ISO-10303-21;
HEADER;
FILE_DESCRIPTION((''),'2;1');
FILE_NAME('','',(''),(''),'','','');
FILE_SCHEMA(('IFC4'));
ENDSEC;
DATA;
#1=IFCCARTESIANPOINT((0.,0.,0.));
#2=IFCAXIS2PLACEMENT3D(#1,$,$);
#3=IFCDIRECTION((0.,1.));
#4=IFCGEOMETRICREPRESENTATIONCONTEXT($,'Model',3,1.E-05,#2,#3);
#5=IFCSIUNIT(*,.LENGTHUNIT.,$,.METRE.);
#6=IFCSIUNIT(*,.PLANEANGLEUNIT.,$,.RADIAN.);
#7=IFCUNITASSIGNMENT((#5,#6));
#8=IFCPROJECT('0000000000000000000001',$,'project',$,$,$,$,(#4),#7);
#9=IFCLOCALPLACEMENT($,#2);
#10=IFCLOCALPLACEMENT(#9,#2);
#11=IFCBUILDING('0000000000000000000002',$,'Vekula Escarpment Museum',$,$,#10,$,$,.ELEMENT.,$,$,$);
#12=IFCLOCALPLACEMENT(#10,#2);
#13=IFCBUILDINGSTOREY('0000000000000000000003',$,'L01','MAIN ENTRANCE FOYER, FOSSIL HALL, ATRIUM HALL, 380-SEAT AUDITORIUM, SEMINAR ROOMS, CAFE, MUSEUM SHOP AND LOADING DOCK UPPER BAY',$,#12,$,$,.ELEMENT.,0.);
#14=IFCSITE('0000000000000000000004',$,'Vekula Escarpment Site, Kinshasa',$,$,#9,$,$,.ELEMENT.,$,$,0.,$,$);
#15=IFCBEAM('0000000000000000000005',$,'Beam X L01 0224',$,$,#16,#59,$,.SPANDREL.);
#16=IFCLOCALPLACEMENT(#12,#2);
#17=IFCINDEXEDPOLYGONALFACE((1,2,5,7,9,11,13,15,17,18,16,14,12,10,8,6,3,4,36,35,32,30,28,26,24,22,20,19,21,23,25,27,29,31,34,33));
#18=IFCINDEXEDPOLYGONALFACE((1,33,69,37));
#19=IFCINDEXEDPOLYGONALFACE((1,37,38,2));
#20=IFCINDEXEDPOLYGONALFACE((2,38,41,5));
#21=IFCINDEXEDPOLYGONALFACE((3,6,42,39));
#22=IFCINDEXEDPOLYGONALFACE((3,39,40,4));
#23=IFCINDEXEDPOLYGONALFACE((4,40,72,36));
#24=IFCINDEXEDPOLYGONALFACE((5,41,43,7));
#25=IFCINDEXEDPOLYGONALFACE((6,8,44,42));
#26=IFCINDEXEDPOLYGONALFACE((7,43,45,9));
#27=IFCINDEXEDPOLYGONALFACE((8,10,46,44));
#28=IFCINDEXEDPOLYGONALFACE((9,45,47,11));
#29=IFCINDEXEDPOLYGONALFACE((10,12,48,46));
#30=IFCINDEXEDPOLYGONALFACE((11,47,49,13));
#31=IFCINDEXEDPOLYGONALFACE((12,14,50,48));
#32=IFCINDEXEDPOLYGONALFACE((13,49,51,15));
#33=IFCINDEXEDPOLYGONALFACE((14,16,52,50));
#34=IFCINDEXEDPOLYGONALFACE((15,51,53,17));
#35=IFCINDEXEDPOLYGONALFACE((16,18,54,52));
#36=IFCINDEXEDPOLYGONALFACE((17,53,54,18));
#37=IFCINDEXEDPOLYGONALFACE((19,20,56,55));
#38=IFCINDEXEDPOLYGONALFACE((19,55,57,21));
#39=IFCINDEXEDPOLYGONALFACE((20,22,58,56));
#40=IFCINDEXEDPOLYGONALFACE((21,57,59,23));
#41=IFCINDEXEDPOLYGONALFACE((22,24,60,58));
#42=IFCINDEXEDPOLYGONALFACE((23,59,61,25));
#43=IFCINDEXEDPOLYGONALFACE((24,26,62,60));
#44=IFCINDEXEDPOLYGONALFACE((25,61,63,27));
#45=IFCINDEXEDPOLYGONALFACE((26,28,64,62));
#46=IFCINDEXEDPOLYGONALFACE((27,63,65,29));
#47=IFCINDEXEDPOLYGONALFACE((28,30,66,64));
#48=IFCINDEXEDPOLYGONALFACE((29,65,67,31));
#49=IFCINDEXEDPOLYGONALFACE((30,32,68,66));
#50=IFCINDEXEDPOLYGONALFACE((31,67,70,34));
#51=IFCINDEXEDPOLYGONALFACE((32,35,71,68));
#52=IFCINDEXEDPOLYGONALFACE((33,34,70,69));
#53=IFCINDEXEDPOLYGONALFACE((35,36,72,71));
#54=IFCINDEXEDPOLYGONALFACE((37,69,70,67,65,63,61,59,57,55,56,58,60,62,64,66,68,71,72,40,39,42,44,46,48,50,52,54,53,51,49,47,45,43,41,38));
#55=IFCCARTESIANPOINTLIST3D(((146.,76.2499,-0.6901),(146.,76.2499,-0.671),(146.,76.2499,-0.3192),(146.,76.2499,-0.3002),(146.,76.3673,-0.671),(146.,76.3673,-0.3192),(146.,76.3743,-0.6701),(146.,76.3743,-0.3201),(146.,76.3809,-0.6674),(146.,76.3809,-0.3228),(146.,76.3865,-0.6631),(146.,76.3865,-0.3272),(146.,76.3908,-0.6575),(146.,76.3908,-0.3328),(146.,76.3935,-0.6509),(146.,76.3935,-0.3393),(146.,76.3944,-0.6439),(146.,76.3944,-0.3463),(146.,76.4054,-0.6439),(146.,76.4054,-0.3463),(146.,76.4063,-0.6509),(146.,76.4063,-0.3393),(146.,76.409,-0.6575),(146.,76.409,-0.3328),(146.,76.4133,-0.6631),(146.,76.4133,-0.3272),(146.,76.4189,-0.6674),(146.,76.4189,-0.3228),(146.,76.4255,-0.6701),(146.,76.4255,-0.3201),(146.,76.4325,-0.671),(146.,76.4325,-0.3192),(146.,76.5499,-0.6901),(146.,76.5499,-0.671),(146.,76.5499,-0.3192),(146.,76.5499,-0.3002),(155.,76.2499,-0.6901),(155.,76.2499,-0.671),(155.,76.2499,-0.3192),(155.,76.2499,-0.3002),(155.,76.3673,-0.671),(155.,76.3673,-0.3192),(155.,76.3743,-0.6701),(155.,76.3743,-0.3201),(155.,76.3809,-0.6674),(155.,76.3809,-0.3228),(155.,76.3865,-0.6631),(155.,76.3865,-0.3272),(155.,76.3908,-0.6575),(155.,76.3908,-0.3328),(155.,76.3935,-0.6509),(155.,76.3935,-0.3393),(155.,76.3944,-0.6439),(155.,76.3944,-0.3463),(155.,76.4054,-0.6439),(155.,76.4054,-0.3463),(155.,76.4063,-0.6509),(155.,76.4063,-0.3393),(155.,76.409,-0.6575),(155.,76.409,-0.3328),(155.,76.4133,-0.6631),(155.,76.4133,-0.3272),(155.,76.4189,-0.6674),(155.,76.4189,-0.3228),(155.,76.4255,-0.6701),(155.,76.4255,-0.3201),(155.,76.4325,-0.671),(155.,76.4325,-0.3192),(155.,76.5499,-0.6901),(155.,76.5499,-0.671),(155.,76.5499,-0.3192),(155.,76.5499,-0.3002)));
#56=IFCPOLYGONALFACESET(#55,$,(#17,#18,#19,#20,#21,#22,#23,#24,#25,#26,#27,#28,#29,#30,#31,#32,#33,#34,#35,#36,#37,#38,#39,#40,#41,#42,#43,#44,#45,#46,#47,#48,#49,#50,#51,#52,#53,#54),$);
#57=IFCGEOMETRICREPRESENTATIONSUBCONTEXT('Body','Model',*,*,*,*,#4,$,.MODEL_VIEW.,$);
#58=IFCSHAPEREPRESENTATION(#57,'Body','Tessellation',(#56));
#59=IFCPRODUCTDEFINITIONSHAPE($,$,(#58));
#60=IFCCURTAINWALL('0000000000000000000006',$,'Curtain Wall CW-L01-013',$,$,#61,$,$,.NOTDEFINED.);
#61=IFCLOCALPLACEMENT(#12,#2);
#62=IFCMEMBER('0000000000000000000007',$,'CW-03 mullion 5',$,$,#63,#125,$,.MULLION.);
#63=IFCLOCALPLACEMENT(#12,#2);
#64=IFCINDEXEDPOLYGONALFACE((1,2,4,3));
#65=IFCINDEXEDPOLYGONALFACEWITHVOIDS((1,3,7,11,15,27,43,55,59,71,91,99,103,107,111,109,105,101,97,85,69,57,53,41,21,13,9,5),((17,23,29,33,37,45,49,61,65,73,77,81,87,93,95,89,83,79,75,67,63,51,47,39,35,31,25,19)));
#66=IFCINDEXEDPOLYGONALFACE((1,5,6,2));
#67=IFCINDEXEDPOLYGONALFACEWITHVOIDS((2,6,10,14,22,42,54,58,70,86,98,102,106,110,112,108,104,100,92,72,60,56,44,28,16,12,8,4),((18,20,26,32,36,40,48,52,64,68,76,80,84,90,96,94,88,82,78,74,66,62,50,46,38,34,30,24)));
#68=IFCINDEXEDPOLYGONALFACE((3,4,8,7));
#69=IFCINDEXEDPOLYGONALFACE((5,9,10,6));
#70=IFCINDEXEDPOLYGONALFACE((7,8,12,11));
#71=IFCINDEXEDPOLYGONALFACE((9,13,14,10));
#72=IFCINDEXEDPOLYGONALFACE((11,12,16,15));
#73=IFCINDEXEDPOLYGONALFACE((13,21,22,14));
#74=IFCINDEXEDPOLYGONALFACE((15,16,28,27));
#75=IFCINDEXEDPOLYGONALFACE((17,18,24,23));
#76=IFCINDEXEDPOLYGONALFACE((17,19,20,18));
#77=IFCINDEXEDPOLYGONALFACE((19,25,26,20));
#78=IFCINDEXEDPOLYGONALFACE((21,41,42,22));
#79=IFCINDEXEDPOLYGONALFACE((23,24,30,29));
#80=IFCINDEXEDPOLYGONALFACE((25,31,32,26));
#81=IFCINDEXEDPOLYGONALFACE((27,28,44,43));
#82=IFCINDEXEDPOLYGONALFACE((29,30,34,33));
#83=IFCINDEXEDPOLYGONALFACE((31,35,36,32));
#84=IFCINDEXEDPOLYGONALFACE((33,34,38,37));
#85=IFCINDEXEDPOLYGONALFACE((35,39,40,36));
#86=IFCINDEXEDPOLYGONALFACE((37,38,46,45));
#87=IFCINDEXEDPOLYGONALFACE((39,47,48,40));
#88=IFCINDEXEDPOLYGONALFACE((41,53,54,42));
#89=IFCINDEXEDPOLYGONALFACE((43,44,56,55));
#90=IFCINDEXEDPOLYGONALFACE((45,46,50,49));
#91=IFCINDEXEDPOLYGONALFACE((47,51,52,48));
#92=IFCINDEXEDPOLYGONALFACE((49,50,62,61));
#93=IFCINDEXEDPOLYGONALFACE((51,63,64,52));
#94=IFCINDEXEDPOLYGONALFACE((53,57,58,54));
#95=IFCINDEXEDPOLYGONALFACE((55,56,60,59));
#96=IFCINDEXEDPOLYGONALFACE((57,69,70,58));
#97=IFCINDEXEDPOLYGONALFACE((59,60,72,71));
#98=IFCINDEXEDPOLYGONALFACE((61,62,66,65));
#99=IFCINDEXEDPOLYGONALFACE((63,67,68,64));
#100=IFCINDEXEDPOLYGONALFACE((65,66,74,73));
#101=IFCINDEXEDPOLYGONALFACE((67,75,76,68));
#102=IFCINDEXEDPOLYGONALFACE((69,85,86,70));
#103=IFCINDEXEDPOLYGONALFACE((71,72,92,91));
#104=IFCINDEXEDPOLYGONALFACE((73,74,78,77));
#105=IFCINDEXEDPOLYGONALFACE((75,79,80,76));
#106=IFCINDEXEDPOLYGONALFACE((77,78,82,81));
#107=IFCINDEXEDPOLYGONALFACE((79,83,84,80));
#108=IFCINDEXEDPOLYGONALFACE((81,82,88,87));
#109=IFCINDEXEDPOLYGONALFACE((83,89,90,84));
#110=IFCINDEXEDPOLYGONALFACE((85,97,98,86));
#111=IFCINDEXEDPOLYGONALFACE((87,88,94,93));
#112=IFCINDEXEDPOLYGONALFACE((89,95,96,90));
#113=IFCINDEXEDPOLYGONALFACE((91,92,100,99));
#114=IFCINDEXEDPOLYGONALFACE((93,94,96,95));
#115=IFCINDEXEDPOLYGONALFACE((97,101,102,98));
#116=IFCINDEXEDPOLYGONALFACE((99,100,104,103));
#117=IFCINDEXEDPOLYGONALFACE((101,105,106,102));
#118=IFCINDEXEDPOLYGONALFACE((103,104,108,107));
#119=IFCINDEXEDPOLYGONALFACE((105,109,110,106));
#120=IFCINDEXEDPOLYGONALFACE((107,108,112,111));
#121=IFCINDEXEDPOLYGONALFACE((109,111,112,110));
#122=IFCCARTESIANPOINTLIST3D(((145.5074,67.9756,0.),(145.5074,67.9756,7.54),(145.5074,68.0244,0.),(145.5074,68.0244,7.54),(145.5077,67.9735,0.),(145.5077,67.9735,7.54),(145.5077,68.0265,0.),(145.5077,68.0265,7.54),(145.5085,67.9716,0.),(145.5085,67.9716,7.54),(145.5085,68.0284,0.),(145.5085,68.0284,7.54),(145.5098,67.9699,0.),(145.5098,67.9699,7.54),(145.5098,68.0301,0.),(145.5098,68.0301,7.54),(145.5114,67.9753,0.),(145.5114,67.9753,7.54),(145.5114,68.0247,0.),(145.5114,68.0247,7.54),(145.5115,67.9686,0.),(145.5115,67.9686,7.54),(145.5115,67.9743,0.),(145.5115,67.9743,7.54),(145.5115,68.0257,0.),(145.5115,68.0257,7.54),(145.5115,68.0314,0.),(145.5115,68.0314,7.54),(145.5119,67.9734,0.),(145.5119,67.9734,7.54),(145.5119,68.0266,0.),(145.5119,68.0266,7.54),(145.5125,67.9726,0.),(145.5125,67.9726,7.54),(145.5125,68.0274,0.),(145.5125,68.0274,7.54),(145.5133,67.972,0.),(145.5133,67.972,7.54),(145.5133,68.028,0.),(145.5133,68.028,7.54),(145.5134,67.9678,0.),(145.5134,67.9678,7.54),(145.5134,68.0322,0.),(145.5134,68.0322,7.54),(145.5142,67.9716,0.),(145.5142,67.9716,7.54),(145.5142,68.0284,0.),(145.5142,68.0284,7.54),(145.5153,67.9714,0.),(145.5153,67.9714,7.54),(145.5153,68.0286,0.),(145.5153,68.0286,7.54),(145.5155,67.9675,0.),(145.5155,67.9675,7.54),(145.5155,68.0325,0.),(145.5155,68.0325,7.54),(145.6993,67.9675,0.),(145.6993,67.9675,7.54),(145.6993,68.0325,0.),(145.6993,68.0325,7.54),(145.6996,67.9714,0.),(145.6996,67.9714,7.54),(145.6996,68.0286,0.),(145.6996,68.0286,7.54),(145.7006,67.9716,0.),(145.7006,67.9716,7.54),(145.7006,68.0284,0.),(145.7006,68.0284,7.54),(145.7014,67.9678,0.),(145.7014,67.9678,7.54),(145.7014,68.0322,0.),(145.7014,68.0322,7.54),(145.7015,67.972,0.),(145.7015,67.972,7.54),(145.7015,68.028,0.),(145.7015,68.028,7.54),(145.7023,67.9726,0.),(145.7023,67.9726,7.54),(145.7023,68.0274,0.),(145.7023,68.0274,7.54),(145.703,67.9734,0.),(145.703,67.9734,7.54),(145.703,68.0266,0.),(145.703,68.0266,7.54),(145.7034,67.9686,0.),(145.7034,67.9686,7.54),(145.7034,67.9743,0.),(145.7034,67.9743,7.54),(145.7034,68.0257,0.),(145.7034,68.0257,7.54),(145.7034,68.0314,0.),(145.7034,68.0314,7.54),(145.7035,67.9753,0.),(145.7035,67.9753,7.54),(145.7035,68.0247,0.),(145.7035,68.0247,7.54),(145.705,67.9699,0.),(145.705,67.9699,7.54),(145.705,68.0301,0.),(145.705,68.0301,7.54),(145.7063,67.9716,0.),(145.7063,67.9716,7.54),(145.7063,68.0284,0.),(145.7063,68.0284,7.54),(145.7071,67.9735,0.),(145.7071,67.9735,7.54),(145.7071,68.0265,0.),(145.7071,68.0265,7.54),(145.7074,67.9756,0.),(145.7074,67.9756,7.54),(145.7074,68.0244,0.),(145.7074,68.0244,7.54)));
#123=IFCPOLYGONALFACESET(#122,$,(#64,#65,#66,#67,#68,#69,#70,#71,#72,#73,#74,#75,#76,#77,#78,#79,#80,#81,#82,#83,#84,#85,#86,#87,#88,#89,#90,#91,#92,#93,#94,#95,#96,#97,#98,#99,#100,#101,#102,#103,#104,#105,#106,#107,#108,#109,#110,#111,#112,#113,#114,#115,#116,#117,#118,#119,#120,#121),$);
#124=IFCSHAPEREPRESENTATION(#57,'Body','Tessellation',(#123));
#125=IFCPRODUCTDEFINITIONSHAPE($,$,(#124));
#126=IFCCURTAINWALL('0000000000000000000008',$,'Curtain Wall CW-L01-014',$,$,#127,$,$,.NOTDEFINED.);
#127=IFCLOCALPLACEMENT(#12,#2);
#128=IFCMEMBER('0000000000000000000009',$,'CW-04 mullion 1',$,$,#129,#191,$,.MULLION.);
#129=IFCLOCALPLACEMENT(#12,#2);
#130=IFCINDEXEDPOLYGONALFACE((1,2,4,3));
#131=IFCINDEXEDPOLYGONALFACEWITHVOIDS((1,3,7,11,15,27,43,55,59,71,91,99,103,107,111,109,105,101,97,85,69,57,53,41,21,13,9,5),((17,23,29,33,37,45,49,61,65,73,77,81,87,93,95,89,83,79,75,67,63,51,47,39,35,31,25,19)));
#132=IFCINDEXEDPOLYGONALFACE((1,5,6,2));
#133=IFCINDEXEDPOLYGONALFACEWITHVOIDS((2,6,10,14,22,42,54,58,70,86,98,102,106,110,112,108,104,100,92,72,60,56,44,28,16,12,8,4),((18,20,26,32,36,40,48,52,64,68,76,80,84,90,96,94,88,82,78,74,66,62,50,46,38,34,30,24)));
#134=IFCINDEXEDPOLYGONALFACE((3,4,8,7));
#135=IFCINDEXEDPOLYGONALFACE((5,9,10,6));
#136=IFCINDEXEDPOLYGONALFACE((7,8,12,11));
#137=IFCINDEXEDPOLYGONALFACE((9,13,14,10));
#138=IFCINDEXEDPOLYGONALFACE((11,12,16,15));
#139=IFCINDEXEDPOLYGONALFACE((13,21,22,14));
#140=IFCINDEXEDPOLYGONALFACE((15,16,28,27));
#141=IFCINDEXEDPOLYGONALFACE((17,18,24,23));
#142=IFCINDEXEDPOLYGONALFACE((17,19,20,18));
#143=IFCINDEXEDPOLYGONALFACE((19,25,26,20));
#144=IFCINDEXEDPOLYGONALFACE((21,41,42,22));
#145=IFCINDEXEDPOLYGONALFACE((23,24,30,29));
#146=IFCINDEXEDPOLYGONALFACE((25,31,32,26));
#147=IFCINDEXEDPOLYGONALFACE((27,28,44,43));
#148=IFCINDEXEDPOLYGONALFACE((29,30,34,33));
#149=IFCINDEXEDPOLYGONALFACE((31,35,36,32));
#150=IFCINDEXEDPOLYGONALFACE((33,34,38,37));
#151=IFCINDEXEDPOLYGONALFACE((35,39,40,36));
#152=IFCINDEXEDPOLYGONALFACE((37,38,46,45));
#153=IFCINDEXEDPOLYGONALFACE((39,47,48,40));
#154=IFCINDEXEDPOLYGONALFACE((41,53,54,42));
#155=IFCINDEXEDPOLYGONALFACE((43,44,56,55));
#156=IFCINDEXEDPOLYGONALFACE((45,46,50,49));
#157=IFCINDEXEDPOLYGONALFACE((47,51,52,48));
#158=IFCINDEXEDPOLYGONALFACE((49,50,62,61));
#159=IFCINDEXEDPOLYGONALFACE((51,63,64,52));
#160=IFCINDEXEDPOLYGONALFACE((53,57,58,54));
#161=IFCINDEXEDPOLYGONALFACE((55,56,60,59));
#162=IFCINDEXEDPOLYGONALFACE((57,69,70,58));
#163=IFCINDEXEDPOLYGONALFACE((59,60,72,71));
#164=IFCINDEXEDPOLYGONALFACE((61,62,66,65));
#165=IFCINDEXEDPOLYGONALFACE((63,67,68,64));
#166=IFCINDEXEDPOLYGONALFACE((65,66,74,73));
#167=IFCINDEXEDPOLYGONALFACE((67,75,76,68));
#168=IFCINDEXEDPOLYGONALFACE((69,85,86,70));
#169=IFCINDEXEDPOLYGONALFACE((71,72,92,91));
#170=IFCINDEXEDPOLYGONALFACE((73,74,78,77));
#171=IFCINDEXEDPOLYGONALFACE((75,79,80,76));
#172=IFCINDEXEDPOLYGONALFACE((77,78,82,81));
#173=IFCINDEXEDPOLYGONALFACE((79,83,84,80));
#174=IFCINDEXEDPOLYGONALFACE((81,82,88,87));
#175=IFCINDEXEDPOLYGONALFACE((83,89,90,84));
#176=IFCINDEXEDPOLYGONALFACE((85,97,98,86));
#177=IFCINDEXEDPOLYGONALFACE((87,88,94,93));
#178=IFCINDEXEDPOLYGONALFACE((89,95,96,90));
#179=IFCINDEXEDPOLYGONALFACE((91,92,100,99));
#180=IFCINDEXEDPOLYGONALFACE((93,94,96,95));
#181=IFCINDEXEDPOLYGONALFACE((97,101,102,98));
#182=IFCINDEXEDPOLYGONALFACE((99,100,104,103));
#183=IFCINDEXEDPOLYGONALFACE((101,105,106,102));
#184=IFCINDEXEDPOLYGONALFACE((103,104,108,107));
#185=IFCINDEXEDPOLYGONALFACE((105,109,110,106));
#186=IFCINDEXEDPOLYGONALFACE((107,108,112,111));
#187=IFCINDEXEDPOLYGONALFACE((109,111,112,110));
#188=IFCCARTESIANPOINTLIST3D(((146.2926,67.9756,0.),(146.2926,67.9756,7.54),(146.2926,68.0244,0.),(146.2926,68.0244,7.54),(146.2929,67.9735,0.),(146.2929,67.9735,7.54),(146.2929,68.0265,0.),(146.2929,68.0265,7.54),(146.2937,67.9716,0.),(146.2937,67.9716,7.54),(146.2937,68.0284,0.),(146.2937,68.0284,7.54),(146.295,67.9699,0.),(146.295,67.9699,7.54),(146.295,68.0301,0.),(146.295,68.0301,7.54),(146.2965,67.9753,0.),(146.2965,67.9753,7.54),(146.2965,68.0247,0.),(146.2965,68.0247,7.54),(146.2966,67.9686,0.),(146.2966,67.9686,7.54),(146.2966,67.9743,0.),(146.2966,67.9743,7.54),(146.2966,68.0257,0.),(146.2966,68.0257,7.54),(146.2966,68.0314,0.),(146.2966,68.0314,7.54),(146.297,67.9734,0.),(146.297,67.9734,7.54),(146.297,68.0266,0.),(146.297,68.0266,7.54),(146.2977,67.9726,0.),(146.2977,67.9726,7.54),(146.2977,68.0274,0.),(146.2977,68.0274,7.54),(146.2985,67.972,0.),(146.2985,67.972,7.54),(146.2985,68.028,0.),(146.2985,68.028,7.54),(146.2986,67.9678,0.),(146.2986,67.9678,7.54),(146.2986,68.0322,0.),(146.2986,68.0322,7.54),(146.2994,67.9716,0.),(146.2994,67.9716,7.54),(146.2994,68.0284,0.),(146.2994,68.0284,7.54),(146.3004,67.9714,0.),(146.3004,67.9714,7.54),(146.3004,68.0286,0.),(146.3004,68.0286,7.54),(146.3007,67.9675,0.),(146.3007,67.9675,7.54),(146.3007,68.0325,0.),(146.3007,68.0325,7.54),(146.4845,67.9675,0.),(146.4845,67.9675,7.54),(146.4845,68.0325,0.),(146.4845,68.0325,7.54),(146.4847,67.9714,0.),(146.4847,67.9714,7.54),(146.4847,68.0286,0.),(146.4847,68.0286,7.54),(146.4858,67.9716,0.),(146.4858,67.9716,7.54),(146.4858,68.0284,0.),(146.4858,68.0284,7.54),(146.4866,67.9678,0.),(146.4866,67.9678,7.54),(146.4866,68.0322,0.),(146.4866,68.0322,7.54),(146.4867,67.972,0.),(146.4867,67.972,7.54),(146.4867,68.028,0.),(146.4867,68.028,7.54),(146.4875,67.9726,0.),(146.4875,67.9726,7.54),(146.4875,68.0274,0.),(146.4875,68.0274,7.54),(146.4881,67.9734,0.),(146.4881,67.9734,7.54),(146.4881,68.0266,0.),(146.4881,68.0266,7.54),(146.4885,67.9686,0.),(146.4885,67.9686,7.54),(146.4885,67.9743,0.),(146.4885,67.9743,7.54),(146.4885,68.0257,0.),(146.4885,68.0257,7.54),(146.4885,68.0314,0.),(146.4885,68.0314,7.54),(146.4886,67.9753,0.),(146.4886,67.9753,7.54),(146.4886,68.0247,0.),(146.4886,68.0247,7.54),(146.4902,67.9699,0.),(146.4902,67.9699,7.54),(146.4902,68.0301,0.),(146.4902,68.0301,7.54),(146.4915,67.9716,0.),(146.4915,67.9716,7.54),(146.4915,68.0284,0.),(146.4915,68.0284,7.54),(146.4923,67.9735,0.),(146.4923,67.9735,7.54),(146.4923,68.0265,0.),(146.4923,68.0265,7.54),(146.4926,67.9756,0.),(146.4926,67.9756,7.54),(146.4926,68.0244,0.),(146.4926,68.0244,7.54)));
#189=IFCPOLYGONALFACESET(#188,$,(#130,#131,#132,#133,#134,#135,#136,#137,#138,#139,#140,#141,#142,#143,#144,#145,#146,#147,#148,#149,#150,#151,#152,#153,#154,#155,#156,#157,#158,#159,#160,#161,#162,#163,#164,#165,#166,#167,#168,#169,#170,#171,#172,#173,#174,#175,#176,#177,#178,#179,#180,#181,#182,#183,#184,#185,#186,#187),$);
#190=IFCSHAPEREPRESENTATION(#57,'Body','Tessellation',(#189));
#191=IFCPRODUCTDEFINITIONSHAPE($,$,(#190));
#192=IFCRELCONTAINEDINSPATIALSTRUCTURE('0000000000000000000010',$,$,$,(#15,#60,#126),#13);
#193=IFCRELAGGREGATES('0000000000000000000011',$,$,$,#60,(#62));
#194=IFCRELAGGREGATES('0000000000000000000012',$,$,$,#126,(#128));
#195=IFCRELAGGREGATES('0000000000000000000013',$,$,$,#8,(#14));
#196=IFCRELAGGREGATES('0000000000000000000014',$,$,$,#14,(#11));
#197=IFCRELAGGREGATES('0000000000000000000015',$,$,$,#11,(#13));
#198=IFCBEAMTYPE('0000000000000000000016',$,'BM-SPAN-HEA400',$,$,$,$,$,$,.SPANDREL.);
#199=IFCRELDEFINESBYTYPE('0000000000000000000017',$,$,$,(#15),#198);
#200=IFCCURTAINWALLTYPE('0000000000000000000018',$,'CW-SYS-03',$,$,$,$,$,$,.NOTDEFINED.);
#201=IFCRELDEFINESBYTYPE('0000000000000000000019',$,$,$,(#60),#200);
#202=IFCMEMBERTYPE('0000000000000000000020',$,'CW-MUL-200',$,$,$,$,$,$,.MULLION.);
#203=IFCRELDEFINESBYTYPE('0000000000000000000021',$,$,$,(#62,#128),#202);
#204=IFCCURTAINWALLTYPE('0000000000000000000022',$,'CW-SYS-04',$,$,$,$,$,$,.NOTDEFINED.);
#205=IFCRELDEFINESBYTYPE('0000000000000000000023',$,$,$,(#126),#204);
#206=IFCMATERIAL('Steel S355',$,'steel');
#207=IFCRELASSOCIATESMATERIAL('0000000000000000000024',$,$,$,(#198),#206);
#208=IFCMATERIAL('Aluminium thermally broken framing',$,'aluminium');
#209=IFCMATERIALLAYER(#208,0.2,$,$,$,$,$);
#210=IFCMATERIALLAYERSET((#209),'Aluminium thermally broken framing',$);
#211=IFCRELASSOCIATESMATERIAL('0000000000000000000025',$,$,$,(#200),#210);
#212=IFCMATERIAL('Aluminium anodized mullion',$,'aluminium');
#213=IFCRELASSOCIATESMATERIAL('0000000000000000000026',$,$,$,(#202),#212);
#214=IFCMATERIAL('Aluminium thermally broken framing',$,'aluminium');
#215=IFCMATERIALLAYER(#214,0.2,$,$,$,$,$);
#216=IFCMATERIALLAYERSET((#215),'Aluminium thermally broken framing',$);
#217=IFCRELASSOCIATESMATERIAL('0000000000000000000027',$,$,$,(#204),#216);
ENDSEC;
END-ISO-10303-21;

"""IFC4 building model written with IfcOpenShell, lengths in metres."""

from ifc_helpers import new_model, si_unit, direction, frame, origin, origin_2d, place, context, subcontext, project, spatial, hollow_rectangle, i_section, extrude, material, layer, layer_set, material_profile, profile_set, type_object, element, aggregate, save


model = new_model("IFC4")

# Units and contexts
model_context = context("Model", 3, precision=1e-05, world=origin(), true_north=direction((0.0, 1.0)))
body_context = subcontext(model_context, "Body", "Model", "MODEL_VIEW")
ifc_project = project(units=[si_unit("LENGTHUNIT", "METRE"), si_unit("PLANEANGLEUNIT", "RADIAN")], contexts=[model_context])

# Site, building, storey
site_placement = place(None, origin())
site = spatial("IfcSite", under=ifc_project, at=site_placement, Name="Vekula Escarpment Site, Kinshasa", CompositionType="ELEMENT", RefElevation=0.0)
building_placement = place(site_placement, origin())
building = spatial("IfcBuilding", under=site, at=building_placement, Name="Vekula Escarpment Museum", CompositionType="ELEMENT")
storey_placement = place(building_placement, origin())
storey = spatial("IfcBuildingStorey", under=building, at=storey_placement, Name="L01", Description="MAIN ENTRANCE FOYER, FOSSIL HALL, ATRIUM HALL, 380-SEAT AUDITORIUM, SEMINAR ROOMS, CAFE, MUSEUM SHOP AND LOADING DOCK UPPER BAY", CompositionType="ELEMENT", Elevation=0.0)

# Beam
ifc_material_1 = material(Name="Steel S355", Category="steel")
ifc_material_profile_1 = material_profile(ifc_material_1, i_section(OverallWidth=0.3, OverallDepth=0.3899, WebThickness=0.011, FlangeThickness=0.019, FilletRadius=0.0271, at=origin_2d()), Name="HEA 400")
ifc_profile_set_1 = profile_set([ifc_material_profile_1], Name="Steel S355")
beam_type_1 = type_object("IfcBeamType", Name="BM-SPAN-HEA400", PredefinedType="SPANDREL", material=ifc_profile_set_1)
beam_1_placement = place(storey_placement, frame((146.0, 76.3999, -0.4951), z_axis=(1.0, 0.0, 0.0), x_axis=(0.0, 1.0, 0.0)))
element("IfcBeam", 1, at=beam_1_placement, inside=storey, type_object=beam_type_1, Name="Beam X L01 0224", PredefinedType="SPANDREL", context=body_context, shape_type="SweptSolid", body=[
    extrude(i_section(OverallWidth=0.3, OverallDepth=0.3899, WebThickness=0.011, FlangeThickness=0.019, FilletRadius=0.0271, at=origin_2d()), origin(), (0.0, 0.0, 1.0), 9.0),
])

# Curtain walls, members
ifc_material_2 = material(Name="Aluminium thermally broken framing", Category="aluminium")
ifc_layer_1 = layer(ifc_material_2, 0.2)
ifc_layer_set_1 = layer_set([ifc_layer_1], Name="Aluminium thermally broken framing")
curtain_wall_type_1 = type_object("IfcCurtainWallType", Name="CW-SYS-03", PredefinedType="NOTDEFINED", material=ifc_layer_set_1)
curtain_wall_1_placement = place(storey_placement, origin())
curtain_wall_1 = element("IfcCurtainWall", 2, at=curtain_wall_1_placement, inside=storey, type_object=curtain_wall_type_1, Name="Curtain Wall CW-L01-013", PredefinedType="NOTDEFINED")
ifc_material_3 = material(Name="Aluminium anodized mullion", Category="aluminium")
ifc_material_profile_2 = material_profile(ifc_material_3, hollow_rectangle(XDim=0.0649, YDim=0.2, WallThickness=0.0039, InnerFilletRadius=0.0039, OuterFilletRadius=0.0081, at=origin_2d()), Name="ALU 200x65x4")
ifc_profile_set_2 = profile_set([ifc_material_profile_2], Name="Aluminium anodized mullion")
member_type_1 = type_object("IfcMemberType", Name="CW-MUL-200", PredefinedType="MULLION", material=ifc_profile_set_2)
member_1_placement = place(storey_placement, frame((145.6074, 68.0, 0.0), z_axis=(0.0, 0.0, 1.0), x_axis=(0.0, 1.0, 0.0)))
member_1 = element("IfcMember", 3, at=member_1_placement, type_object=member_type_1, Name="CW-03 mullion 5", PredefinedType="MULLION", context=body_context, shape_type="SweptSolid", body=[
    extrude(hollow_rectangle(XDim=0.0649, YDim=0.2, WallThickness=0.0039, InnerFilletRadius=0.0039, OuterFilletRadius=0.0081, at=origin_2d()), origin(), (0.0, 0.0, 1.0), 7.54),
])
ifc_material_4 = material(Name="Aluminium thermally broken framing", Category="aluminium")
ifc_layer_2 = layer(ifc_material_4, 0.2)
ifc_layer_set_2 = layer_set([ifc_layer_2], Name="Aluminium thermally broken framing")
curtain_wall_type_2 = type_object("IfcCurtainWallType", Name="CW-SYS-04", PredefinedType="NOTDEFINED", material=ifc_layer_set_2)
curtain_wall_2_placement = place(storey_placement, origin())
curtain_wall_2 = element("IfcCurtainWall", 4, at=curtain_wall_2_placement, inside=storey, type_object=curtain_wall_type_2, Name="Curtain Wall CW-L01-014", PredefinedType="NOTDEFINED")
member_2_placement = place(storey_placement, frame((146.3926, 68.0, 0.0), z_axis=(0.0, 0.0, 1.0), x_axis=(0.0, 1.0, 0.0)))
member_2 = element("IfcMember", 5, at=member_2_placement, type_object=member_type_1, Name="CW-04 mullion 1", PredefinedType="MULLION", context=body_context, shape_type="SweptSolid", body=[
    extrude(hollow_rectangle(XDim=0.0649, YDim=0.2, WallThickness=0.0039, InnerFilletRadius=0.0039, OuterFilletRadius=0.0081, at=origin_2d()), origin(), (0.0, 0.0, 1.0), 7.54),
])

aggregate(curtain_wall_1, [member_1])
aggregate(curtain_wall_2, [member_2])

save(model, "model.ifc")
